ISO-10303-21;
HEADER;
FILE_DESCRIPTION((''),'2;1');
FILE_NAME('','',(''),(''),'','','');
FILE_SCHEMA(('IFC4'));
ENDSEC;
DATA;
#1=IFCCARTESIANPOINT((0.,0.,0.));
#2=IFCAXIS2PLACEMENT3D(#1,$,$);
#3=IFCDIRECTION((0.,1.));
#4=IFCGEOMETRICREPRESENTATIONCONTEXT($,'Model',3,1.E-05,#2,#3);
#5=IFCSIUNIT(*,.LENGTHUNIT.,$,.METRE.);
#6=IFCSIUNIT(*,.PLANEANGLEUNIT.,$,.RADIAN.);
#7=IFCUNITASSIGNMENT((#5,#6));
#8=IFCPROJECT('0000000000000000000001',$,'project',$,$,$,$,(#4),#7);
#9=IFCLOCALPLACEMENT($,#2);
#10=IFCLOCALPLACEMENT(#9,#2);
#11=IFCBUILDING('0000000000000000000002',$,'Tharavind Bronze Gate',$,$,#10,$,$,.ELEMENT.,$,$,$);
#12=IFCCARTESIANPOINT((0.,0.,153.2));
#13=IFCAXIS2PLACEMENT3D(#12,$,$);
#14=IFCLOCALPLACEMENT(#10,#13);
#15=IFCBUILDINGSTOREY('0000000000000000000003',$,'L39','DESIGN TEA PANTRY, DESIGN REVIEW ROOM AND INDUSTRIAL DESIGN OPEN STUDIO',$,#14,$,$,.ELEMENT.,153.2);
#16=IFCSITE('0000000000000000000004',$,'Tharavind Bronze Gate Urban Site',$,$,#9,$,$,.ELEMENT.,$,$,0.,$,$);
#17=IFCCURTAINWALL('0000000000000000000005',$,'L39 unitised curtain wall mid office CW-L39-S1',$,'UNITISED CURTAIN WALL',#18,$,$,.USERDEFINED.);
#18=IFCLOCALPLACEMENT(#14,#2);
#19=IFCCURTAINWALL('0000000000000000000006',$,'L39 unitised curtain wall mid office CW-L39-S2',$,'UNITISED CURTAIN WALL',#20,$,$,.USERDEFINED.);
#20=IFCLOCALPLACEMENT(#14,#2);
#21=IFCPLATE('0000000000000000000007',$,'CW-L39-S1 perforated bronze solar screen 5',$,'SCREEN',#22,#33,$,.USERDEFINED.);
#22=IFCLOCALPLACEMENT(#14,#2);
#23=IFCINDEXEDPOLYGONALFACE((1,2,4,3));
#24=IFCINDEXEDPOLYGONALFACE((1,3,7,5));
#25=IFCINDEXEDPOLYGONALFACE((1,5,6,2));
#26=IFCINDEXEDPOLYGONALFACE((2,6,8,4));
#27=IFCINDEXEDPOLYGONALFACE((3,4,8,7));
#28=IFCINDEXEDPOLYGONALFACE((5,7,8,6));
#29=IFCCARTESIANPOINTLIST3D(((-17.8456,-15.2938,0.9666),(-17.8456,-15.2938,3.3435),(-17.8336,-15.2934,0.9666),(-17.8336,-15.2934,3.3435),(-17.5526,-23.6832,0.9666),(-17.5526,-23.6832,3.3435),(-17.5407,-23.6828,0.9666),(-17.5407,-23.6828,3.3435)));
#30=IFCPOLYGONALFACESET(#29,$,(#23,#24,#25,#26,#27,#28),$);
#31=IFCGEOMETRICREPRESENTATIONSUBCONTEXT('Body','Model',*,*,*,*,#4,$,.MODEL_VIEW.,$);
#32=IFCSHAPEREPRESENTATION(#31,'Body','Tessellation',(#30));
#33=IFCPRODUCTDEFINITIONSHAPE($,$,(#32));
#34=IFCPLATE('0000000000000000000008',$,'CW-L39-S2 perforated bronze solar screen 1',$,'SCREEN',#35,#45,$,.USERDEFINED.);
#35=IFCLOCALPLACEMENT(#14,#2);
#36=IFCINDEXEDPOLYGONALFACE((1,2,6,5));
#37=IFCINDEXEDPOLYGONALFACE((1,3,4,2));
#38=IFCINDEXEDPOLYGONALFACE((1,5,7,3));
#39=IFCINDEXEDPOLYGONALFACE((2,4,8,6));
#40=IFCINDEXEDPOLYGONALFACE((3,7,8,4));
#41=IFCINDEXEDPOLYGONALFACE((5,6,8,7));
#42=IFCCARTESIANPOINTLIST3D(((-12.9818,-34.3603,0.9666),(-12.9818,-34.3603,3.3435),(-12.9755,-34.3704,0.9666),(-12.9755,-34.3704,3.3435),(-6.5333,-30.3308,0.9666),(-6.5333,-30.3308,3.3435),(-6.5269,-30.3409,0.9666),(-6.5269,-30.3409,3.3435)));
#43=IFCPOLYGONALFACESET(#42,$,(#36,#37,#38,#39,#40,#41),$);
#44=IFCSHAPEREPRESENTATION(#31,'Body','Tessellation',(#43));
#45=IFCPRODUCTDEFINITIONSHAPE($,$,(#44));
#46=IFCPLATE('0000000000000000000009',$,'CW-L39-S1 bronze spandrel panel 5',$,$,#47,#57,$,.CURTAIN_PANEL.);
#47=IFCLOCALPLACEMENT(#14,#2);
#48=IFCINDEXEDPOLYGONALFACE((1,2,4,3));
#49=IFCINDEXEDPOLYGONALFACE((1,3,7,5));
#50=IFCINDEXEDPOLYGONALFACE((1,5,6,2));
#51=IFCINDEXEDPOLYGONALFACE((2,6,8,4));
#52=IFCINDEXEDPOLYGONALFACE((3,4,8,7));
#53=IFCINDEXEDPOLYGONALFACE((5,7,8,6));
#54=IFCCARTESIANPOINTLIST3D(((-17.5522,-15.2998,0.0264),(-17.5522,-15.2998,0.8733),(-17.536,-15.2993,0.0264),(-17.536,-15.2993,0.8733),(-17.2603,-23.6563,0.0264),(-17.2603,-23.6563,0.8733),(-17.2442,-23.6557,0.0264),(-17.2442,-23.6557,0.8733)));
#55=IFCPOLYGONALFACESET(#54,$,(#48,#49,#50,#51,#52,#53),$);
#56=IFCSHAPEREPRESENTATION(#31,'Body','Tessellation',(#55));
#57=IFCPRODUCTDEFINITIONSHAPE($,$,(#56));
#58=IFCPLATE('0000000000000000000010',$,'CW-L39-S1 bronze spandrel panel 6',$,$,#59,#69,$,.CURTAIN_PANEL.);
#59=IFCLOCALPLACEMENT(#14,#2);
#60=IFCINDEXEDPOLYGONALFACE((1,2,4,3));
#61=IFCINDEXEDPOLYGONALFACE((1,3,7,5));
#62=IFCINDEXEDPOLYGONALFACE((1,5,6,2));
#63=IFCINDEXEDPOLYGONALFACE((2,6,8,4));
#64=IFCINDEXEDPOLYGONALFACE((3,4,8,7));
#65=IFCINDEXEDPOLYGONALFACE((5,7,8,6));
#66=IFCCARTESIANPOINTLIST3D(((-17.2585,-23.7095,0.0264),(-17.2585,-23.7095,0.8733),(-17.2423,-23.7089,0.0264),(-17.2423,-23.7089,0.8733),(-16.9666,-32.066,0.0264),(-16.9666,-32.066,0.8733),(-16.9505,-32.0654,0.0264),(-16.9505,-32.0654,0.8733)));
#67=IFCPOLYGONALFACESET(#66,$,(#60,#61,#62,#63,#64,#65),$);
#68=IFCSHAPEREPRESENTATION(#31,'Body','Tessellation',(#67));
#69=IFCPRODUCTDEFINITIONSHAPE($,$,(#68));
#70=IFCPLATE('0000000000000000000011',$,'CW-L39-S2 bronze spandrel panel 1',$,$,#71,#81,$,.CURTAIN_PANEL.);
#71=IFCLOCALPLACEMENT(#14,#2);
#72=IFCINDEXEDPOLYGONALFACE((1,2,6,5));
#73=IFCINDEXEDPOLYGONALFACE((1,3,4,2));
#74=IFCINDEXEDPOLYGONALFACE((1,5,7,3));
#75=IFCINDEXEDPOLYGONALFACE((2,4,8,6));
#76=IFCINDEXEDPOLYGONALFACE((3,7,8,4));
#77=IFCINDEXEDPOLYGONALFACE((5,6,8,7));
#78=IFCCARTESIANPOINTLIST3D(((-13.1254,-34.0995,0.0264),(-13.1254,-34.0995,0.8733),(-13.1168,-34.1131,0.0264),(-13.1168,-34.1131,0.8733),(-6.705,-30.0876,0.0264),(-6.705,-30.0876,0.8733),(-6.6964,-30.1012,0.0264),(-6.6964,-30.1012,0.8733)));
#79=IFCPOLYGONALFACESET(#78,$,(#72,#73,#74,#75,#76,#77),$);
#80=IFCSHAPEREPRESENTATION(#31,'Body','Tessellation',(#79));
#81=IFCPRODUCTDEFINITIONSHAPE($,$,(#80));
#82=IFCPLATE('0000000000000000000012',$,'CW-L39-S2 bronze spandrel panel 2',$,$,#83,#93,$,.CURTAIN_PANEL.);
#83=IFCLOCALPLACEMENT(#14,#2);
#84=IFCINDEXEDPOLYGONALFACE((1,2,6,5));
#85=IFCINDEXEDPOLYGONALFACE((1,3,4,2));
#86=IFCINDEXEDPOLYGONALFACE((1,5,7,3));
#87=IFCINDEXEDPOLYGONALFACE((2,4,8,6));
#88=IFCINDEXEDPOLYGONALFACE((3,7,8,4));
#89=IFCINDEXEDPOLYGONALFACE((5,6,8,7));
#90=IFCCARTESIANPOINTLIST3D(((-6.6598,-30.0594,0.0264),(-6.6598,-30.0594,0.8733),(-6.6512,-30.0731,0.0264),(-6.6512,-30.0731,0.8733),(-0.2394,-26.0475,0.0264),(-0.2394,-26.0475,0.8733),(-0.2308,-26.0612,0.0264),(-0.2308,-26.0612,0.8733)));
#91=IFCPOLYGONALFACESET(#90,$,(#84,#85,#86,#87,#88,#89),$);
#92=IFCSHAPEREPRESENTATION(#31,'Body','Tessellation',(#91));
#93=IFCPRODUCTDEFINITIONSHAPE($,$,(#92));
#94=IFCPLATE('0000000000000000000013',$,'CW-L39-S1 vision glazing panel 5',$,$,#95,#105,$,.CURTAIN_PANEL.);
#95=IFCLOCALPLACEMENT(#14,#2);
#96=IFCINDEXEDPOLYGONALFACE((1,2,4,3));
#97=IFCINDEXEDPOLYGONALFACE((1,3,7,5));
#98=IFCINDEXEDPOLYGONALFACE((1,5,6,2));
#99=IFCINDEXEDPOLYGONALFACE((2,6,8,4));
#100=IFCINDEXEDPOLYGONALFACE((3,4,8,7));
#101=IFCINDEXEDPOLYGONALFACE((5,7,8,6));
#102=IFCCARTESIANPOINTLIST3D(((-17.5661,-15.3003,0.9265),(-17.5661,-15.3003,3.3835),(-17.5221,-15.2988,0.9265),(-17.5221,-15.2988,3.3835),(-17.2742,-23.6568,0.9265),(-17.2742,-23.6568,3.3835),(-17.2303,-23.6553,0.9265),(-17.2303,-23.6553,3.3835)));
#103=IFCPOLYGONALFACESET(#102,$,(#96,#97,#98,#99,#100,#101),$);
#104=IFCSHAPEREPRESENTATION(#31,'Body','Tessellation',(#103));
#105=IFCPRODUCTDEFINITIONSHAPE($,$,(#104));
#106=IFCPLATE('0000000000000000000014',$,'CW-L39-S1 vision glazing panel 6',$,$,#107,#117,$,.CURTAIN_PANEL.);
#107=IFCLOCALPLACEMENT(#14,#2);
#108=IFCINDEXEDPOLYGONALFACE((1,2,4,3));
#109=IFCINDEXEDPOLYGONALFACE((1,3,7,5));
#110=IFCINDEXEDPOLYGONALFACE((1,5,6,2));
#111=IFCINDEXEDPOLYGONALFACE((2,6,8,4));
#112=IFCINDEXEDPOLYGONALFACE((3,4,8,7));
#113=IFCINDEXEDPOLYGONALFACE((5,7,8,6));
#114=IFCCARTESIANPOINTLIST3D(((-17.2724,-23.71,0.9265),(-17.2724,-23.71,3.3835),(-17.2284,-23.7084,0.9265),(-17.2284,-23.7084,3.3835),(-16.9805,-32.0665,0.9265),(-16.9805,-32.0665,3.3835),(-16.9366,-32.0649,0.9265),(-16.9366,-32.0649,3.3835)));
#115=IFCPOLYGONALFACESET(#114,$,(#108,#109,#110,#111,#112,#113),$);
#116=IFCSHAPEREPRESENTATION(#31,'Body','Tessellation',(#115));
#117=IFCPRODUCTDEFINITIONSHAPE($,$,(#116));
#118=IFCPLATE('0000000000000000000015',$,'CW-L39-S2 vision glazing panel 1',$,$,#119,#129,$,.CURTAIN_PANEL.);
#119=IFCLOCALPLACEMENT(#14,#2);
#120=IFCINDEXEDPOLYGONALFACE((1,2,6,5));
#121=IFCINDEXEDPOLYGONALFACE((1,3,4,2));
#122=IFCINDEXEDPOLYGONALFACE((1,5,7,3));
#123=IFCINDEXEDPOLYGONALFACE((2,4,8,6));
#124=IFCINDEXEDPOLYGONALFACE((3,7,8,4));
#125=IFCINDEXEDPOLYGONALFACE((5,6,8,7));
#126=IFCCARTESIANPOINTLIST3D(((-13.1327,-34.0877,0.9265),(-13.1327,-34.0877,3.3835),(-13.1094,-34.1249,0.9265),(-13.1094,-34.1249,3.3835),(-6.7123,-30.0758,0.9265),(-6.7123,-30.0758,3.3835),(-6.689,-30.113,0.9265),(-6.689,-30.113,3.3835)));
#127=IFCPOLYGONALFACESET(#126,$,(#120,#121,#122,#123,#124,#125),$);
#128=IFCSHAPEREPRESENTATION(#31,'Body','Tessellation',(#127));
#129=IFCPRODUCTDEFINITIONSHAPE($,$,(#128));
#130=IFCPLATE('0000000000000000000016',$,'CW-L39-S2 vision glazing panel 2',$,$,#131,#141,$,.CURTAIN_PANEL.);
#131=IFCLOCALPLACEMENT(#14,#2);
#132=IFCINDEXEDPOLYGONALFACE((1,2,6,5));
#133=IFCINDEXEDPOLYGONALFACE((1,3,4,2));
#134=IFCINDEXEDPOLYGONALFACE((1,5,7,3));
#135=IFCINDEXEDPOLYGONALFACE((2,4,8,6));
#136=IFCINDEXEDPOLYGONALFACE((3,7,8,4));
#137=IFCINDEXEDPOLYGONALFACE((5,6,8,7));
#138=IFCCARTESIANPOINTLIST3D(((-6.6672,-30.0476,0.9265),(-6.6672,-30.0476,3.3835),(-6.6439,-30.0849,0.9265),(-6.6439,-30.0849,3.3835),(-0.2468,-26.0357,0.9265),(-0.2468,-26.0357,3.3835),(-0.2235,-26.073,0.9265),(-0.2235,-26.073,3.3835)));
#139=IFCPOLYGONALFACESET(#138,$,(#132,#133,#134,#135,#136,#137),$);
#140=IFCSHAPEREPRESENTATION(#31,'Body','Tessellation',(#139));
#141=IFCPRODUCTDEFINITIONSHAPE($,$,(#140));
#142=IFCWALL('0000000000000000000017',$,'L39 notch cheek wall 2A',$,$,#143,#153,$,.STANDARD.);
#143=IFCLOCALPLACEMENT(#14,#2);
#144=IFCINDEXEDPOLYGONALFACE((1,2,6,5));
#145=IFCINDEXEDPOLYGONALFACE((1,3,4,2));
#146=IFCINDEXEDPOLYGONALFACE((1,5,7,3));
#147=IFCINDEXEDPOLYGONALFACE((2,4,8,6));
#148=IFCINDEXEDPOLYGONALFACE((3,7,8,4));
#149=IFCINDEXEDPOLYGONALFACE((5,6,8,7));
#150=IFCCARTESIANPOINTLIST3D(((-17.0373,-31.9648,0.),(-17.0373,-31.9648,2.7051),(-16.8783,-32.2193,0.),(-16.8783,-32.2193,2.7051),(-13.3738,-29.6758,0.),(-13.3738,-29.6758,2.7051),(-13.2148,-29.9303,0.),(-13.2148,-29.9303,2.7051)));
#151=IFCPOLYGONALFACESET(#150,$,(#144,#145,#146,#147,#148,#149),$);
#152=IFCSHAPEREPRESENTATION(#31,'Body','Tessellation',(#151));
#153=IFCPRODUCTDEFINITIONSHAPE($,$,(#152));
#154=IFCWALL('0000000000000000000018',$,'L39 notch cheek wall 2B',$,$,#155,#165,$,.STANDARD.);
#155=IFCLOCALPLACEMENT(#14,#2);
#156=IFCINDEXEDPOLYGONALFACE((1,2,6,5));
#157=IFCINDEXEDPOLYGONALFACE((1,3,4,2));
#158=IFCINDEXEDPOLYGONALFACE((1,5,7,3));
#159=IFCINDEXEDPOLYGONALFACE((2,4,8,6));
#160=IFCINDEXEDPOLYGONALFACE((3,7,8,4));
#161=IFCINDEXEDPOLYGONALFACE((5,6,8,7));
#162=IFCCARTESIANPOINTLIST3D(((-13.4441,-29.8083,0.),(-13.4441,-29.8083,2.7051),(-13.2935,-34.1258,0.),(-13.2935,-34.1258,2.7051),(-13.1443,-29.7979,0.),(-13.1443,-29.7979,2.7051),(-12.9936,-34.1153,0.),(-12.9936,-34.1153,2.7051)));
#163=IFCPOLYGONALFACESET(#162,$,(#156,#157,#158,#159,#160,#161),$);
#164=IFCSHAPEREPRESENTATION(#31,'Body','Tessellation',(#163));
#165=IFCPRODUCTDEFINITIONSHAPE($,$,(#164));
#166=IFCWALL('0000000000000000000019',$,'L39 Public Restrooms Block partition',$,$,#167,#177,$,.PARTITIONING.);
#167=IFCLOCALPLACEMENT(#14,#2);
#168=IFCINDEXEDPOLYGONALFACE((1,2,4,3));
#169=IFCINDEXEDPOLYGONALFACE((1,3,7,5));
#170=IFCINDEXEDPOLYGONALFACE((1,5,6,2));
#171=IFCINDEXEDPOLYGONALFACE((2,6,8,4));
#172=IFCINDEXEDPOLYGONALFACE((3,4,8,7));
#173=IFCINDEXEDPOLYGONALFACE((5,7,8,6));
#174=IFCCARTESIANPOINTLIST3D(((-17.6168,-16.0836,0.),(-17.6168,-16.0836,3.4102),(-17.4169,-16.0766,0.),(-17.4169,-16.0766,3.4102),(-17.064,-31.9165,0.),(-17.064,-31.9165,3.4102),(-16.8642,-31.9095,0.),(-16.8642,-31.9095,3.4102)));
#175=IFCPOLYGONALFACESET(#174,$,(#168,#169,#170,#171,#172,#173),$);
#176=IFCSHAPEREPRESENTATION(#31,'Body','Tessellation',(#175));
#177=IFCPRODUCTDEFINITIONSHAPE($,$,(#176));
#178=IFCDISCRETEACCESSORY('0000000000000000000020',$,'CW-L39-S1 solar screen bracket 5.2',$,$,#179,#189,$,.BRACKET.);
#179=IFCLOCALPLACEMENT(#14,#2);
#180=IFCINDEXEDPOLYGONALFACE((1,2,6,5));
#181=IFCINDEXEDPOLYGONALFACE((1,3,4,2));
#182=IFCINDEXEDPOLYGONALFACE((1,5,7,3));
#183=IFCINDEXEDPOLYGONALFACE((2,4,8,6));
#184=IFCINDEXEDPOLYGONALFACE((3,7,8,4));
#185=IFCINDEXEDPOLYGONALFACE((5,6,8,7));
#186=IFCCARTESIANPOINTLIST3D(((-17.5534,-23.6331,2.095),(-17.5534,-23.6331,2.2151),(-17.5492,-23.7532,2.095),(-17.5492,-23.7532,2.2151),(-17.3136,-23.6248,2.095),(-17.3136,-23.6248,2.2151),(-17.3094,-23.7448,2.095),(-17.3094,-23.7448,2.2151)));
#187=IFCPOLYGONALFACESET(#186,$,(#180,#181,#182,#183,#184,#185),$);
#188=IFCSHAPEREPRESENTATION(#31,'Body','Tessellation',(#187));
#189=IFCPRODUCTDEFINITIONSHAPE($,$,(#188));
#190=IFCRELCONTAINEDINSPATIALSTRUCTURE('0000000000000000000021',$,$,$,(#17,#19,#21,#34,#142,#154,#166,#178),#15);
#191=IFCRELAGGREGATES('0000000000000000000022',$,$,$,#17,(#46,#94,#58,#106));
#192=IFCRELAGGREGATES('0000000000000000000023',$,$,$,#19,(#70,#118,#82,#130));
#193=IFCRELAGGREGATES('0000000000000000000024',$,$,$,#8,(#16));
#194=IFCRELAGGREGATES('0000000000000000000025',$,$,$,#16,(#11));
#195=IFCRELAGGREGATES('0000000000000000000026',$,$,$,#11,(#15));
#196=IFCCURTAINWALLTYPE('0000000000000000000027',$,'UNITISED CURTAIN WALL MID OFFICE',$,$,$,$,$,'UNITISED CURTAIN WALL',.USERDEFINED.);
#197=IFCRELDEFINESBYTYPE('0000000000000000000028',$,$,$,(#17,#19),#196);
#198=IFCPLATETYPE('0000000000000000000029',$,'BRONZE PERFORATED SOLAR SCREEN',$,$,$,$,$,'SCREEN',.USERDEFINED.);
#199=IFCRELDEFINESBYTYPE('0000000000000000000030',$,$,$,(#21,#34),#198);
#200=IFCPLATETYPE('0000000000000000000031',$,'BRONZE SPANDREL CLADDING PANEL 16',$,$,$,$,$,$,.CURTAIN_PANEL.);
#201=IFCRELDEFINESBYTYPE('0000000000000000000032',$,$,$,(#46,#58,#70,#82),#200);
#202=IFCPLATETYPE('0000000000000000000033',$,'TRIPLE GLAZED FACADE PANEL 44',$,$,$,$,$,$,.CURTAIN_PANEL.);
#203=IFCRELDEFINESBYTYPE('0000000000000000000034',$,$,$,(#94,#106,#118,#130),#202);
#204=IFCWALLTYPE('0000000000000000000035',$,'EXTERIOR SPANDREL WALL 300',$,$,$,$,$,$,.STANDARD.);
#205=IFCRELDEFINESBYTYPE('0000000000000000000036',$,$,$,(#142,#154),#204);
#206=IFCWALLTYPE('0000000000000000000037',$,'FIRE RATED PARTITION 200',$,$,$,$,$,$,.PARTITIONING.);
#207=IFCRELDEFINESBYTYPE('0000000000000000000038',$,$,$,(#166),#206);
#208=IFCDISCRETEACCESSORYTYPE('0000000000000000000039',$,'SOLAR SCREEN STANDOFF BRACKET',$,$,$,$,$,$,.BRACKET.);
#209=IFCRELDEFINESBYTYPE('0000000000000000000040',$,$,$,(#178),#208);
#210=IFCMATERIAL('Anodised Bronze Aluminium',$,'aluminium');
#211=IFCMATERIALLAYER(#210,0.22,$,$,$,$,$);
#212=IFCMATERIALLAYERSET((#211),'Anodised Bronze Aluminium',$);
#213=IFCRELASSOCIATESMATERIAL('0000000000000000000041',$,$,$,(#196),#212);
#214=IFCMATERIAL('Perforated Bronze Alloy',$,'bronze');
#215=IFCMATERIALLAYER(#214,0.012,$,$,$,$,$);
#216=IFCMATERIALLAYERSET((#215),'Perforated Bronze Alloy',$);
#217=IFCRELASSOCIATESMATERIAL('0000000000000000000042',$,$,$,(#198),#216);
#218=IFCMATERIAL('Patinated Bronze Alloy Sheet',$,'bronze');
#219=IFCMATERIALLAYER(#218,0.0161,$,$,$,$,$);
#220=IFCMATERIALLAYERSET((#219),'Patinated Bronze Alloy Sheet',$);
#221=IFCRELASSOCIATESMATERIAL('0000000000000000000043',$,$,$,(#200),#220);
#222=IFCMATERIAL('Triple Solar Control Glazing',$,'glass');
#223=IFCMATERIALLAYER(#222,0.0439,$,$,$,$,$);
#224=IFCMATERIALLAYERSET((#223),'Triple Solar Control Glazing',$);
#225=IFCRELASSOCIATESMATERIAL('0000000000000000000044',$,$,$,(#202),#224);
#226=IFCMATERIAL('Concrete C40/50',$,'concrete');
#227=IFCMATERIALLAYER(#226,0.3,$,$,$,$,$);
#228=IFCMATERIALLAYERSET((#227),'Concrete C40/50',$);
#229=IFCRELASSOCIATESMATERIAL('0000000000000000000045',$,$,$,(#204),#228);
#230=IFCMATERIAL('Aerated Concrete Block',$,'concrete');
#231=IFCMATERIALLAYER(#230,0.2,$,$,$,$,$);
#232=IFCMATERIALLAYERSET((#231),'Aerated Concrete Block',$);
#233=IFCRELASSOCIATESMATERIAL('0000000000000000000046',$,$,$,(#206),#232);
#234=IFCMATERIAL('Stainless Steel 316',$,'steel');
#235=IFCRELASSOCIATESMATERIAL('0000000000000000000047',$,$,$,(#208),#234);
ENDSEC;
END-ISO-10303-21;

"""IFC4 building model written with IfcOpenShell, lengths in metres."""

from ifc_helpers import new_model, si_unit, direction, frame, frame_2d, origin, origin_2d, place, context, subcontext, project, spatial, rectangle, extrude, material, layer, layer_set, type_object, element, aggregate, save


model = new_model("IFC4")

# Units and contexts
model_context = context("Model", 3, precision=1e-05, world=origin(), true_north=direction((0.0, 1.0)))
body_context = subcontext(model_context, "Body", "Model", "MODEL_VIEW")
ifc_project = project(units=[si_unit("LENGTHUNIT", "METRE"), si_unit("PLANEANGLEUNIT", "RADIAN")], contexts=[model_context])

# Site, building, storey
site_placement = place(None, origin())
site = spatial("IfcSite", under=ifc_project, at=site_placement, Name="Tharavind Bronze Gate Urban Site", CompositionType="ELEMENT", RefElevation=0.0)
building_placement = place(site_placement, origin())
building = spatial("IfcBuilding", under=site, at=building_placement, Name="Tharavind Bronze Gate", CompositionType="ELEMENT")
storey_placement = place(building_placement, frame((0.0, 0.0, 153.2)))
storey = spatial("IfcBuildingStorey", under=building, at=storey_placement, Name="L39", Description="DESIGN TEA PANTRY, DESIGN REVIEW ROOM AND INDUSTRIAL DESIGN OPEN STUDIO", CompositionType="ELEMENT", Elevation=153.2)

# Curtain walls
ifc_material_1 = material(Name="Anodised Bronze Aluminium", Category="aluminium")
ifc_layer_1 = layer(ifc_material_1, 0.22)
ifc_layer_set_1 = layer_set([ifc_layer_1], Name="Anodised Bronze Aluminium")
curtain_wall_type = type_object("IfcCurtainWallType", Name="UNITISED CURTAIN WALL MID OFFICE", ElementType="UNITISED CURTAIN WALL", PredefinedType="USERDEFINED", material=ifc_layer_set_1)
curtain_wall_1_placement = place(storey_placement, origin())
curtain_wall_1 = element("IfcCurtainWall", 1, at=curtain_wall_1_placement, inside=storey, type_object=curtain_wall_type, Name="L39 unitised curtain wall mid office CW-L39-S1", ObjectType="UNITISED CURTAIN WALL", PredefinedType="USERDEFINED")
curtain_wall_2_placement = place(storey_placement, origin())
curtain_wall_2 = element("IfcCurtainWall", 2, at=curtain_wall_2_placement, inside=storey, type_object=curtain_wall_type, Name="L39 unitised curtain wall mid office CW-L39-S2", ObjectType="UNITISED CURTAIN WALL", PredefinedType="USERDEFINED")

# Plates
ifc_material_2 = material(Name="Perforated Bronze Alloy", Category="bronze")
ifc_layer_2 = layer(ifc_material_2, 0.012)
ifc_layer_set_2 = layer_set([ifc_layer_2], Name="Perforated Bronze Alloy")
plate_type_1 = type_object("IfcPlateType", Name="BRONZE PERFORATED SOLAR SCREEN", ElementType="SCREEN", PredefinedType="USERDEFINED", material=ifc_layer_set_2)
plate_1_placement = place(storey_placement, frame((-17.6931, -19.4883, 0.9666), z_axis=(0.0, 0.0, 1.0), x_axis=(0.034899, -0.999391, 0.0)))
element("IfcPlate", 3, at=plate_1_placement, inside=storey, type_object=plate_type_1, Name="CW-L39-S1 perforated bronze solar screen 5", ObjectType="SCREEN", PredefinedType="USERDEFINED", context=body_context, shape_type="SweptSolid", body=[
    extrude(rectangle(XDim=8.3945, YDim=0.012, at=origin_2d()), origin(), (0.0, 0.0, 1.0), 2.377),
])
plate_2_placement = place(storey_placement, frame((-9.7544, -32.3506, 0.9666), z_axis=(0.0, 0.0, 1.0), x_axis=(0.848048, 0.529919, 0.0)))
element("IfcPlate", 4, at=plate_2_placement, inside=storey, type_object=plate_type_1, Name="CW-L39-S2 perforated bronze solar screen 1", ObjectType="SCREEN", PredefinedType="USERDEFINED", context=body_context, shape_type="SweptSolid", body=[
    extrude(rectangle(XDim=7.604, YDim=0.012, at=origin_2d()), origin(), (0.0, 0.0, 1.0), 2.377),
])

# Plates
ifc_material_3 = material(Name="Patinated Bronze Alloy Sheet", Category="bronze")
ifc_layer_3 = layer(ifc_material_3, 0.0161)
ifc_layer_set_3 = layer_set([ifc_layer_3], Name="Patinated Bronze Alloy Sheet")
plate_type_2 = type_object("IfcPlateType", Name="BRONZE SPANDREL CLADDING PANEL 16", PredefinedType="CURTAIN_PANEL", material=ifc_layer_set_3)
plate_3_placement = place(storey_placement, frame((-17.3982, -19.4778, 0.0264), z_axis=(0.0, 0.0, 1.0), x_axis=(0.034899, -0.999391, 0.0)))
plate_3 = element("IfcPlate", 5, at=plate_3_placement, type_object=plate_type_2, Name="CW-L39-S1 bronze spandrel panel 5", PredefinedType="CURTAIN_PANEL", context=body_context, shape_type="SweptSolid", body=[
    extrude(rectangle(XDim=8.3616, YDim=0.0161, at=origin_2d()), origin(), (0.0, 0.0, 1.0), 0.8469),
])
plate_4_placement = place(storey_placement, frame((-17.1045, -27.8875, 0.0264), z_axis=(0.0, 0.0, 1.0), x_axis=(0.034899, -0.999391, 0.0)))
plate_4 = element("IfcPlate", 6, at=plate_4_placement, type_object=plate_type_2, Name="CW-L39-S1 bronze spandrel panel 6", PredefinedType="CURTAIN_PANEL", context=body_context, shape_type="SweptSolid", body=[
    extrude(rectangle(XDim=8.3616, YDim=0.0161, at=origin_2d()), origin(), (0.0, 0.0, 1.0), 0.8469),
])
plate_5_placement = place(storey_placement, frame((-9.9109, -32.1003, 0.0264), z_axis=(0.0, 0.0, 1.0), x_axis=(0.848048, 0.529919, 0.0)))
plate_5 = element("IfcPlate", 7, at=plate_5_placement, type_object=plate_type_2, Name="CW-L39-S2 bronze spandrel panel 1", PredefinedType="CURTAIN_PANEL", context=body_context, shape_type="SweptSolid", body=[
    extrude(rectangle(XDim=7.5708, YDim=0.0161, at=origin_2d()), origin(), (0.0, 0.0, 1.0), 0.8469),
])
plate_6_placement = place(storey_placement, frame((-3.4453, -28.0603, 0.0264), z_axis=(0.0, 0.0, 1.0), x_axis=(0.848048, 0.529919, 0.0)))
plate_6 = element("IfcPlate", 8, at=plate_6_placement, type_object=plate_type_2, Name="CW-L39-S2 bronze spandrel panel 2", PredefinedType="CURTAIN_PANEL", context=body_context, shape_type="SweptSolid", body=[
    extrude(rectangle(XDim=7.5708, YDim=0.0161, at=origin_2d()), origin(), (0.0, 0.0, 1.0), 0.8469),
])
ifc_material_4 = material(Name="Triple Solar Control Glazing", Category="glass")
ifc_layer_4 = layer(ifc_material_4, 0.0439)
ifc_layer_set_4 = layer_set([ifc_layer_4], Name="Triple Solar Control Glazing")
plate_type_3 = type_object("IfcPlateType", Name="TRIPLE GLAZED FACADE PANEL 44", PredefinedType="CURTAIN_PANEL", material=ifc_layer_set_4)
plate_7_placement = place(storey_placement, frame((-17.3982, -19.4778, 0.9265), z_axis=(0.0, 0.0, 1.0), x_axis=(0.034899, -0.999391, 0.0)))
plate_7 = element("IfcPlate", 9, at=plate_7_placement, type_object=plate_type_3, Name="CW-L39-S1 vision glazing panel 5", PredefinedType="CURTAIN_PANEL", context=body_context, shape_type="SweptSolid", body=[
    extrude(rectangle(XDim=8.3616, YDim=0.0439, at=origin_2d()), origin(), (0.0, 0.0, 1.0), 2.457),
])
plate_8_placement = place(storey_placement, frame((-17.1045, -27.8875, 0.9265), z_axis=(0.0, 0.0, 1.0), x_axis=(0.034899, -0.999391, 0.0)))
plate_8 = element("IfcPlate", 10, at=plate_8_placement, type_object=plate_type_3, Name="CW-L39-S1 vision glazing panel 6", PredefinedType="CURTAIN_PANEL", context=body_context, shape_type="SweptSolid", body=[
    extrude(rectangle(XDim=8.3616, YDim=0.0439, at=origin_2d()), origin(), (0.0, 0.0, 1.0), 2.457),
])
aggregate(curtain_wall_1, [plate_3, plate_7, plate_4, plate_8])
plate_9_placement = place(storey_placement, frame((-9.9109, -32.1003, 0.9265), z_axis=(0.0, 0.0, 1.0), x_axis=(0.848048, 0.529919, 0.0)))
plate_9 = element("IfcPlate", 11, at=plate_9_placement, type_object=plate_type_3, Name="CW-L39-S2 vision glazing panel 1", PredefinedType="CURTAIN_PANEL", context=body_context, shape_type="SweptSolid", body=[
    extrude(rectangle(XDim=7.5708, YDim=0.0439, at=origin_2d()), origin(), (0.0, 0.0, 1.0), 2.457),
])
plate_10_placement = place(storey_placement, frame((-3.4453, -28.0603, 0.9265), z_axis=(0.0, 0.0, 1.0), x_axis=(0.848048, 0.529919, 0.0)))
plate_10 = element("IfcPlate", 12, at=plate_10_placement, type_object=plate_type_3, Name="CW-L39-S2 vision glazing panel 2", PredefinedType="CURTAIN_PANEL", context=body_context, shape_type="SweptSolid", body=[
    extrude(rectangle(XDim=7.5708, YDim=0.0439, at=origin_2d()), origin(), (0.0, 0.0, 1.0), 2.457),
])
aggregate(curtain_wall_2, [plate_5, plate_9, plate_6, plate_10])

# Walls
ifc_material_5 = material(Name="Concrete C40/50", Category="concrete")
ifc_layer_5 = layer(ifc_material_5, 0.3)
ifc_layer_set_5 = layer_set([ifc_layer_5], Name="Concrete C40/50")
wall_type_1 = type_object("IfcWallType", Name="EXTERIOR SPANDREL WALL 300", PredefinedType="STANDARD", material=ifc_layer_set_5)
wall_1_placement = place(storey_placement, frame((-16.9578, -32.092, 0.0), z_axis=(0.0, 0.0, 1.0), x_axis=(0.848068, 0.529887, 0.0)))
element("IfcWall", 13, at=wall_1_placement, inside=storey, type_object=wall_type_1, Name="L39 notch cheek wall 2A", PredefinedType="STANDARD", context=body_context, shape_type="SweptSolid", body=[
    extrude(rectangle(XDim=4.3198, YDim=0.3, at=frame_2d((2.1599, 0.0))), origin(), (0.0, 0.0, 1.0), 2.7051),
])
wall_2_placement = place(storey_placement, frame((-13.2942, -29.803, 0.0), z_axis=(0.0, 0.0, 1.0), x_axis=(0.034869, -0.999392, 0.0)))
element("IfcWall", 14, at=wall_2_placement, inside=storey, type_object=wall_type_1, Name="L39 notch cheek wall 2B", PredefinedType="STANDARD", context=body_context, shape_type="SweptSolid", body=[
    extrude(rectangle(XDim=4.3201, YDim=0.3, at=frame_2d((2.1602, 0.0))), origin(), (0.0, 0.0, 1.0), 2.7051),
])
ifc_material_6 = material(Name="Aerated Concrete Block", Category="concrete")
ifc_layer_6 = layer(ifc_material_6, 0.2)
ifc_layer_set_6 = layer_set([ifc_layer_6], Name="Aerated Concrete Block")
wall_type_2 = type_object("IfcWallType", Name="FIRE RATED PARTITION 200", PredefinedType="PARTITIONING", material=ifc_layer_set_6)
wall_3_placement = place(storey_placement, frame((-16.9641, -31.9131, 0.0), z_axis=(0.0, 0.0, 1.0), x_axis=(-0.03489, 0.999391, 0.0)))
element("IfcWall", 15, at=wall_3_placement, inside=storey, type_object=wall_type_2, Name="L39 Public Restrooms Block partition", PredefinedType="PARTITIONING", context=body_context, shape_type="SweptSolid", body=[
    extrude(rectangle(XDim=15.8425, YDim=0.2, at=frame_2d((7.9214, 0.0))), origin(), (0.0, 0.0, 1.0), 3.4102),
])

# Discrete accessory
ifc_material_7 = material(Name="Stainless Steel 316", Category="steel")
discrete_accessory_type = type_object("IfcDiscreteAccessoryType", Name="SOLAR SCREEN STANDOFF BRACKET", PredefinedType="BRACKET", material=ifc_material_7)
for number, where, z_axis, x_axis, name in (
    (16, (-17.4314, -23.689, 2.095), (0.0, 0.0, 1.0), (0.034899, -0.999391, 0.0), "CW-L39-S1 solar screen bracket 5.2"),
):
    element("IfcDiscreteAccessory", number, at=place(storey_placement, frame(where, z_axis=z_axis, x_axis=x_axis)), inside=storey, type_object=discrete_accessory_type, Name=name, PredefinedType="BRACKET", context=body_context, shape_type="SweptSolid", body=[
        extrude(rectangle(XDim=0.1201, YDim=0.24, at=origin_2d()), origin(), (0.0, 0.0, 1.0), 0.1201),
    ])

save(model, "model.ifc")
